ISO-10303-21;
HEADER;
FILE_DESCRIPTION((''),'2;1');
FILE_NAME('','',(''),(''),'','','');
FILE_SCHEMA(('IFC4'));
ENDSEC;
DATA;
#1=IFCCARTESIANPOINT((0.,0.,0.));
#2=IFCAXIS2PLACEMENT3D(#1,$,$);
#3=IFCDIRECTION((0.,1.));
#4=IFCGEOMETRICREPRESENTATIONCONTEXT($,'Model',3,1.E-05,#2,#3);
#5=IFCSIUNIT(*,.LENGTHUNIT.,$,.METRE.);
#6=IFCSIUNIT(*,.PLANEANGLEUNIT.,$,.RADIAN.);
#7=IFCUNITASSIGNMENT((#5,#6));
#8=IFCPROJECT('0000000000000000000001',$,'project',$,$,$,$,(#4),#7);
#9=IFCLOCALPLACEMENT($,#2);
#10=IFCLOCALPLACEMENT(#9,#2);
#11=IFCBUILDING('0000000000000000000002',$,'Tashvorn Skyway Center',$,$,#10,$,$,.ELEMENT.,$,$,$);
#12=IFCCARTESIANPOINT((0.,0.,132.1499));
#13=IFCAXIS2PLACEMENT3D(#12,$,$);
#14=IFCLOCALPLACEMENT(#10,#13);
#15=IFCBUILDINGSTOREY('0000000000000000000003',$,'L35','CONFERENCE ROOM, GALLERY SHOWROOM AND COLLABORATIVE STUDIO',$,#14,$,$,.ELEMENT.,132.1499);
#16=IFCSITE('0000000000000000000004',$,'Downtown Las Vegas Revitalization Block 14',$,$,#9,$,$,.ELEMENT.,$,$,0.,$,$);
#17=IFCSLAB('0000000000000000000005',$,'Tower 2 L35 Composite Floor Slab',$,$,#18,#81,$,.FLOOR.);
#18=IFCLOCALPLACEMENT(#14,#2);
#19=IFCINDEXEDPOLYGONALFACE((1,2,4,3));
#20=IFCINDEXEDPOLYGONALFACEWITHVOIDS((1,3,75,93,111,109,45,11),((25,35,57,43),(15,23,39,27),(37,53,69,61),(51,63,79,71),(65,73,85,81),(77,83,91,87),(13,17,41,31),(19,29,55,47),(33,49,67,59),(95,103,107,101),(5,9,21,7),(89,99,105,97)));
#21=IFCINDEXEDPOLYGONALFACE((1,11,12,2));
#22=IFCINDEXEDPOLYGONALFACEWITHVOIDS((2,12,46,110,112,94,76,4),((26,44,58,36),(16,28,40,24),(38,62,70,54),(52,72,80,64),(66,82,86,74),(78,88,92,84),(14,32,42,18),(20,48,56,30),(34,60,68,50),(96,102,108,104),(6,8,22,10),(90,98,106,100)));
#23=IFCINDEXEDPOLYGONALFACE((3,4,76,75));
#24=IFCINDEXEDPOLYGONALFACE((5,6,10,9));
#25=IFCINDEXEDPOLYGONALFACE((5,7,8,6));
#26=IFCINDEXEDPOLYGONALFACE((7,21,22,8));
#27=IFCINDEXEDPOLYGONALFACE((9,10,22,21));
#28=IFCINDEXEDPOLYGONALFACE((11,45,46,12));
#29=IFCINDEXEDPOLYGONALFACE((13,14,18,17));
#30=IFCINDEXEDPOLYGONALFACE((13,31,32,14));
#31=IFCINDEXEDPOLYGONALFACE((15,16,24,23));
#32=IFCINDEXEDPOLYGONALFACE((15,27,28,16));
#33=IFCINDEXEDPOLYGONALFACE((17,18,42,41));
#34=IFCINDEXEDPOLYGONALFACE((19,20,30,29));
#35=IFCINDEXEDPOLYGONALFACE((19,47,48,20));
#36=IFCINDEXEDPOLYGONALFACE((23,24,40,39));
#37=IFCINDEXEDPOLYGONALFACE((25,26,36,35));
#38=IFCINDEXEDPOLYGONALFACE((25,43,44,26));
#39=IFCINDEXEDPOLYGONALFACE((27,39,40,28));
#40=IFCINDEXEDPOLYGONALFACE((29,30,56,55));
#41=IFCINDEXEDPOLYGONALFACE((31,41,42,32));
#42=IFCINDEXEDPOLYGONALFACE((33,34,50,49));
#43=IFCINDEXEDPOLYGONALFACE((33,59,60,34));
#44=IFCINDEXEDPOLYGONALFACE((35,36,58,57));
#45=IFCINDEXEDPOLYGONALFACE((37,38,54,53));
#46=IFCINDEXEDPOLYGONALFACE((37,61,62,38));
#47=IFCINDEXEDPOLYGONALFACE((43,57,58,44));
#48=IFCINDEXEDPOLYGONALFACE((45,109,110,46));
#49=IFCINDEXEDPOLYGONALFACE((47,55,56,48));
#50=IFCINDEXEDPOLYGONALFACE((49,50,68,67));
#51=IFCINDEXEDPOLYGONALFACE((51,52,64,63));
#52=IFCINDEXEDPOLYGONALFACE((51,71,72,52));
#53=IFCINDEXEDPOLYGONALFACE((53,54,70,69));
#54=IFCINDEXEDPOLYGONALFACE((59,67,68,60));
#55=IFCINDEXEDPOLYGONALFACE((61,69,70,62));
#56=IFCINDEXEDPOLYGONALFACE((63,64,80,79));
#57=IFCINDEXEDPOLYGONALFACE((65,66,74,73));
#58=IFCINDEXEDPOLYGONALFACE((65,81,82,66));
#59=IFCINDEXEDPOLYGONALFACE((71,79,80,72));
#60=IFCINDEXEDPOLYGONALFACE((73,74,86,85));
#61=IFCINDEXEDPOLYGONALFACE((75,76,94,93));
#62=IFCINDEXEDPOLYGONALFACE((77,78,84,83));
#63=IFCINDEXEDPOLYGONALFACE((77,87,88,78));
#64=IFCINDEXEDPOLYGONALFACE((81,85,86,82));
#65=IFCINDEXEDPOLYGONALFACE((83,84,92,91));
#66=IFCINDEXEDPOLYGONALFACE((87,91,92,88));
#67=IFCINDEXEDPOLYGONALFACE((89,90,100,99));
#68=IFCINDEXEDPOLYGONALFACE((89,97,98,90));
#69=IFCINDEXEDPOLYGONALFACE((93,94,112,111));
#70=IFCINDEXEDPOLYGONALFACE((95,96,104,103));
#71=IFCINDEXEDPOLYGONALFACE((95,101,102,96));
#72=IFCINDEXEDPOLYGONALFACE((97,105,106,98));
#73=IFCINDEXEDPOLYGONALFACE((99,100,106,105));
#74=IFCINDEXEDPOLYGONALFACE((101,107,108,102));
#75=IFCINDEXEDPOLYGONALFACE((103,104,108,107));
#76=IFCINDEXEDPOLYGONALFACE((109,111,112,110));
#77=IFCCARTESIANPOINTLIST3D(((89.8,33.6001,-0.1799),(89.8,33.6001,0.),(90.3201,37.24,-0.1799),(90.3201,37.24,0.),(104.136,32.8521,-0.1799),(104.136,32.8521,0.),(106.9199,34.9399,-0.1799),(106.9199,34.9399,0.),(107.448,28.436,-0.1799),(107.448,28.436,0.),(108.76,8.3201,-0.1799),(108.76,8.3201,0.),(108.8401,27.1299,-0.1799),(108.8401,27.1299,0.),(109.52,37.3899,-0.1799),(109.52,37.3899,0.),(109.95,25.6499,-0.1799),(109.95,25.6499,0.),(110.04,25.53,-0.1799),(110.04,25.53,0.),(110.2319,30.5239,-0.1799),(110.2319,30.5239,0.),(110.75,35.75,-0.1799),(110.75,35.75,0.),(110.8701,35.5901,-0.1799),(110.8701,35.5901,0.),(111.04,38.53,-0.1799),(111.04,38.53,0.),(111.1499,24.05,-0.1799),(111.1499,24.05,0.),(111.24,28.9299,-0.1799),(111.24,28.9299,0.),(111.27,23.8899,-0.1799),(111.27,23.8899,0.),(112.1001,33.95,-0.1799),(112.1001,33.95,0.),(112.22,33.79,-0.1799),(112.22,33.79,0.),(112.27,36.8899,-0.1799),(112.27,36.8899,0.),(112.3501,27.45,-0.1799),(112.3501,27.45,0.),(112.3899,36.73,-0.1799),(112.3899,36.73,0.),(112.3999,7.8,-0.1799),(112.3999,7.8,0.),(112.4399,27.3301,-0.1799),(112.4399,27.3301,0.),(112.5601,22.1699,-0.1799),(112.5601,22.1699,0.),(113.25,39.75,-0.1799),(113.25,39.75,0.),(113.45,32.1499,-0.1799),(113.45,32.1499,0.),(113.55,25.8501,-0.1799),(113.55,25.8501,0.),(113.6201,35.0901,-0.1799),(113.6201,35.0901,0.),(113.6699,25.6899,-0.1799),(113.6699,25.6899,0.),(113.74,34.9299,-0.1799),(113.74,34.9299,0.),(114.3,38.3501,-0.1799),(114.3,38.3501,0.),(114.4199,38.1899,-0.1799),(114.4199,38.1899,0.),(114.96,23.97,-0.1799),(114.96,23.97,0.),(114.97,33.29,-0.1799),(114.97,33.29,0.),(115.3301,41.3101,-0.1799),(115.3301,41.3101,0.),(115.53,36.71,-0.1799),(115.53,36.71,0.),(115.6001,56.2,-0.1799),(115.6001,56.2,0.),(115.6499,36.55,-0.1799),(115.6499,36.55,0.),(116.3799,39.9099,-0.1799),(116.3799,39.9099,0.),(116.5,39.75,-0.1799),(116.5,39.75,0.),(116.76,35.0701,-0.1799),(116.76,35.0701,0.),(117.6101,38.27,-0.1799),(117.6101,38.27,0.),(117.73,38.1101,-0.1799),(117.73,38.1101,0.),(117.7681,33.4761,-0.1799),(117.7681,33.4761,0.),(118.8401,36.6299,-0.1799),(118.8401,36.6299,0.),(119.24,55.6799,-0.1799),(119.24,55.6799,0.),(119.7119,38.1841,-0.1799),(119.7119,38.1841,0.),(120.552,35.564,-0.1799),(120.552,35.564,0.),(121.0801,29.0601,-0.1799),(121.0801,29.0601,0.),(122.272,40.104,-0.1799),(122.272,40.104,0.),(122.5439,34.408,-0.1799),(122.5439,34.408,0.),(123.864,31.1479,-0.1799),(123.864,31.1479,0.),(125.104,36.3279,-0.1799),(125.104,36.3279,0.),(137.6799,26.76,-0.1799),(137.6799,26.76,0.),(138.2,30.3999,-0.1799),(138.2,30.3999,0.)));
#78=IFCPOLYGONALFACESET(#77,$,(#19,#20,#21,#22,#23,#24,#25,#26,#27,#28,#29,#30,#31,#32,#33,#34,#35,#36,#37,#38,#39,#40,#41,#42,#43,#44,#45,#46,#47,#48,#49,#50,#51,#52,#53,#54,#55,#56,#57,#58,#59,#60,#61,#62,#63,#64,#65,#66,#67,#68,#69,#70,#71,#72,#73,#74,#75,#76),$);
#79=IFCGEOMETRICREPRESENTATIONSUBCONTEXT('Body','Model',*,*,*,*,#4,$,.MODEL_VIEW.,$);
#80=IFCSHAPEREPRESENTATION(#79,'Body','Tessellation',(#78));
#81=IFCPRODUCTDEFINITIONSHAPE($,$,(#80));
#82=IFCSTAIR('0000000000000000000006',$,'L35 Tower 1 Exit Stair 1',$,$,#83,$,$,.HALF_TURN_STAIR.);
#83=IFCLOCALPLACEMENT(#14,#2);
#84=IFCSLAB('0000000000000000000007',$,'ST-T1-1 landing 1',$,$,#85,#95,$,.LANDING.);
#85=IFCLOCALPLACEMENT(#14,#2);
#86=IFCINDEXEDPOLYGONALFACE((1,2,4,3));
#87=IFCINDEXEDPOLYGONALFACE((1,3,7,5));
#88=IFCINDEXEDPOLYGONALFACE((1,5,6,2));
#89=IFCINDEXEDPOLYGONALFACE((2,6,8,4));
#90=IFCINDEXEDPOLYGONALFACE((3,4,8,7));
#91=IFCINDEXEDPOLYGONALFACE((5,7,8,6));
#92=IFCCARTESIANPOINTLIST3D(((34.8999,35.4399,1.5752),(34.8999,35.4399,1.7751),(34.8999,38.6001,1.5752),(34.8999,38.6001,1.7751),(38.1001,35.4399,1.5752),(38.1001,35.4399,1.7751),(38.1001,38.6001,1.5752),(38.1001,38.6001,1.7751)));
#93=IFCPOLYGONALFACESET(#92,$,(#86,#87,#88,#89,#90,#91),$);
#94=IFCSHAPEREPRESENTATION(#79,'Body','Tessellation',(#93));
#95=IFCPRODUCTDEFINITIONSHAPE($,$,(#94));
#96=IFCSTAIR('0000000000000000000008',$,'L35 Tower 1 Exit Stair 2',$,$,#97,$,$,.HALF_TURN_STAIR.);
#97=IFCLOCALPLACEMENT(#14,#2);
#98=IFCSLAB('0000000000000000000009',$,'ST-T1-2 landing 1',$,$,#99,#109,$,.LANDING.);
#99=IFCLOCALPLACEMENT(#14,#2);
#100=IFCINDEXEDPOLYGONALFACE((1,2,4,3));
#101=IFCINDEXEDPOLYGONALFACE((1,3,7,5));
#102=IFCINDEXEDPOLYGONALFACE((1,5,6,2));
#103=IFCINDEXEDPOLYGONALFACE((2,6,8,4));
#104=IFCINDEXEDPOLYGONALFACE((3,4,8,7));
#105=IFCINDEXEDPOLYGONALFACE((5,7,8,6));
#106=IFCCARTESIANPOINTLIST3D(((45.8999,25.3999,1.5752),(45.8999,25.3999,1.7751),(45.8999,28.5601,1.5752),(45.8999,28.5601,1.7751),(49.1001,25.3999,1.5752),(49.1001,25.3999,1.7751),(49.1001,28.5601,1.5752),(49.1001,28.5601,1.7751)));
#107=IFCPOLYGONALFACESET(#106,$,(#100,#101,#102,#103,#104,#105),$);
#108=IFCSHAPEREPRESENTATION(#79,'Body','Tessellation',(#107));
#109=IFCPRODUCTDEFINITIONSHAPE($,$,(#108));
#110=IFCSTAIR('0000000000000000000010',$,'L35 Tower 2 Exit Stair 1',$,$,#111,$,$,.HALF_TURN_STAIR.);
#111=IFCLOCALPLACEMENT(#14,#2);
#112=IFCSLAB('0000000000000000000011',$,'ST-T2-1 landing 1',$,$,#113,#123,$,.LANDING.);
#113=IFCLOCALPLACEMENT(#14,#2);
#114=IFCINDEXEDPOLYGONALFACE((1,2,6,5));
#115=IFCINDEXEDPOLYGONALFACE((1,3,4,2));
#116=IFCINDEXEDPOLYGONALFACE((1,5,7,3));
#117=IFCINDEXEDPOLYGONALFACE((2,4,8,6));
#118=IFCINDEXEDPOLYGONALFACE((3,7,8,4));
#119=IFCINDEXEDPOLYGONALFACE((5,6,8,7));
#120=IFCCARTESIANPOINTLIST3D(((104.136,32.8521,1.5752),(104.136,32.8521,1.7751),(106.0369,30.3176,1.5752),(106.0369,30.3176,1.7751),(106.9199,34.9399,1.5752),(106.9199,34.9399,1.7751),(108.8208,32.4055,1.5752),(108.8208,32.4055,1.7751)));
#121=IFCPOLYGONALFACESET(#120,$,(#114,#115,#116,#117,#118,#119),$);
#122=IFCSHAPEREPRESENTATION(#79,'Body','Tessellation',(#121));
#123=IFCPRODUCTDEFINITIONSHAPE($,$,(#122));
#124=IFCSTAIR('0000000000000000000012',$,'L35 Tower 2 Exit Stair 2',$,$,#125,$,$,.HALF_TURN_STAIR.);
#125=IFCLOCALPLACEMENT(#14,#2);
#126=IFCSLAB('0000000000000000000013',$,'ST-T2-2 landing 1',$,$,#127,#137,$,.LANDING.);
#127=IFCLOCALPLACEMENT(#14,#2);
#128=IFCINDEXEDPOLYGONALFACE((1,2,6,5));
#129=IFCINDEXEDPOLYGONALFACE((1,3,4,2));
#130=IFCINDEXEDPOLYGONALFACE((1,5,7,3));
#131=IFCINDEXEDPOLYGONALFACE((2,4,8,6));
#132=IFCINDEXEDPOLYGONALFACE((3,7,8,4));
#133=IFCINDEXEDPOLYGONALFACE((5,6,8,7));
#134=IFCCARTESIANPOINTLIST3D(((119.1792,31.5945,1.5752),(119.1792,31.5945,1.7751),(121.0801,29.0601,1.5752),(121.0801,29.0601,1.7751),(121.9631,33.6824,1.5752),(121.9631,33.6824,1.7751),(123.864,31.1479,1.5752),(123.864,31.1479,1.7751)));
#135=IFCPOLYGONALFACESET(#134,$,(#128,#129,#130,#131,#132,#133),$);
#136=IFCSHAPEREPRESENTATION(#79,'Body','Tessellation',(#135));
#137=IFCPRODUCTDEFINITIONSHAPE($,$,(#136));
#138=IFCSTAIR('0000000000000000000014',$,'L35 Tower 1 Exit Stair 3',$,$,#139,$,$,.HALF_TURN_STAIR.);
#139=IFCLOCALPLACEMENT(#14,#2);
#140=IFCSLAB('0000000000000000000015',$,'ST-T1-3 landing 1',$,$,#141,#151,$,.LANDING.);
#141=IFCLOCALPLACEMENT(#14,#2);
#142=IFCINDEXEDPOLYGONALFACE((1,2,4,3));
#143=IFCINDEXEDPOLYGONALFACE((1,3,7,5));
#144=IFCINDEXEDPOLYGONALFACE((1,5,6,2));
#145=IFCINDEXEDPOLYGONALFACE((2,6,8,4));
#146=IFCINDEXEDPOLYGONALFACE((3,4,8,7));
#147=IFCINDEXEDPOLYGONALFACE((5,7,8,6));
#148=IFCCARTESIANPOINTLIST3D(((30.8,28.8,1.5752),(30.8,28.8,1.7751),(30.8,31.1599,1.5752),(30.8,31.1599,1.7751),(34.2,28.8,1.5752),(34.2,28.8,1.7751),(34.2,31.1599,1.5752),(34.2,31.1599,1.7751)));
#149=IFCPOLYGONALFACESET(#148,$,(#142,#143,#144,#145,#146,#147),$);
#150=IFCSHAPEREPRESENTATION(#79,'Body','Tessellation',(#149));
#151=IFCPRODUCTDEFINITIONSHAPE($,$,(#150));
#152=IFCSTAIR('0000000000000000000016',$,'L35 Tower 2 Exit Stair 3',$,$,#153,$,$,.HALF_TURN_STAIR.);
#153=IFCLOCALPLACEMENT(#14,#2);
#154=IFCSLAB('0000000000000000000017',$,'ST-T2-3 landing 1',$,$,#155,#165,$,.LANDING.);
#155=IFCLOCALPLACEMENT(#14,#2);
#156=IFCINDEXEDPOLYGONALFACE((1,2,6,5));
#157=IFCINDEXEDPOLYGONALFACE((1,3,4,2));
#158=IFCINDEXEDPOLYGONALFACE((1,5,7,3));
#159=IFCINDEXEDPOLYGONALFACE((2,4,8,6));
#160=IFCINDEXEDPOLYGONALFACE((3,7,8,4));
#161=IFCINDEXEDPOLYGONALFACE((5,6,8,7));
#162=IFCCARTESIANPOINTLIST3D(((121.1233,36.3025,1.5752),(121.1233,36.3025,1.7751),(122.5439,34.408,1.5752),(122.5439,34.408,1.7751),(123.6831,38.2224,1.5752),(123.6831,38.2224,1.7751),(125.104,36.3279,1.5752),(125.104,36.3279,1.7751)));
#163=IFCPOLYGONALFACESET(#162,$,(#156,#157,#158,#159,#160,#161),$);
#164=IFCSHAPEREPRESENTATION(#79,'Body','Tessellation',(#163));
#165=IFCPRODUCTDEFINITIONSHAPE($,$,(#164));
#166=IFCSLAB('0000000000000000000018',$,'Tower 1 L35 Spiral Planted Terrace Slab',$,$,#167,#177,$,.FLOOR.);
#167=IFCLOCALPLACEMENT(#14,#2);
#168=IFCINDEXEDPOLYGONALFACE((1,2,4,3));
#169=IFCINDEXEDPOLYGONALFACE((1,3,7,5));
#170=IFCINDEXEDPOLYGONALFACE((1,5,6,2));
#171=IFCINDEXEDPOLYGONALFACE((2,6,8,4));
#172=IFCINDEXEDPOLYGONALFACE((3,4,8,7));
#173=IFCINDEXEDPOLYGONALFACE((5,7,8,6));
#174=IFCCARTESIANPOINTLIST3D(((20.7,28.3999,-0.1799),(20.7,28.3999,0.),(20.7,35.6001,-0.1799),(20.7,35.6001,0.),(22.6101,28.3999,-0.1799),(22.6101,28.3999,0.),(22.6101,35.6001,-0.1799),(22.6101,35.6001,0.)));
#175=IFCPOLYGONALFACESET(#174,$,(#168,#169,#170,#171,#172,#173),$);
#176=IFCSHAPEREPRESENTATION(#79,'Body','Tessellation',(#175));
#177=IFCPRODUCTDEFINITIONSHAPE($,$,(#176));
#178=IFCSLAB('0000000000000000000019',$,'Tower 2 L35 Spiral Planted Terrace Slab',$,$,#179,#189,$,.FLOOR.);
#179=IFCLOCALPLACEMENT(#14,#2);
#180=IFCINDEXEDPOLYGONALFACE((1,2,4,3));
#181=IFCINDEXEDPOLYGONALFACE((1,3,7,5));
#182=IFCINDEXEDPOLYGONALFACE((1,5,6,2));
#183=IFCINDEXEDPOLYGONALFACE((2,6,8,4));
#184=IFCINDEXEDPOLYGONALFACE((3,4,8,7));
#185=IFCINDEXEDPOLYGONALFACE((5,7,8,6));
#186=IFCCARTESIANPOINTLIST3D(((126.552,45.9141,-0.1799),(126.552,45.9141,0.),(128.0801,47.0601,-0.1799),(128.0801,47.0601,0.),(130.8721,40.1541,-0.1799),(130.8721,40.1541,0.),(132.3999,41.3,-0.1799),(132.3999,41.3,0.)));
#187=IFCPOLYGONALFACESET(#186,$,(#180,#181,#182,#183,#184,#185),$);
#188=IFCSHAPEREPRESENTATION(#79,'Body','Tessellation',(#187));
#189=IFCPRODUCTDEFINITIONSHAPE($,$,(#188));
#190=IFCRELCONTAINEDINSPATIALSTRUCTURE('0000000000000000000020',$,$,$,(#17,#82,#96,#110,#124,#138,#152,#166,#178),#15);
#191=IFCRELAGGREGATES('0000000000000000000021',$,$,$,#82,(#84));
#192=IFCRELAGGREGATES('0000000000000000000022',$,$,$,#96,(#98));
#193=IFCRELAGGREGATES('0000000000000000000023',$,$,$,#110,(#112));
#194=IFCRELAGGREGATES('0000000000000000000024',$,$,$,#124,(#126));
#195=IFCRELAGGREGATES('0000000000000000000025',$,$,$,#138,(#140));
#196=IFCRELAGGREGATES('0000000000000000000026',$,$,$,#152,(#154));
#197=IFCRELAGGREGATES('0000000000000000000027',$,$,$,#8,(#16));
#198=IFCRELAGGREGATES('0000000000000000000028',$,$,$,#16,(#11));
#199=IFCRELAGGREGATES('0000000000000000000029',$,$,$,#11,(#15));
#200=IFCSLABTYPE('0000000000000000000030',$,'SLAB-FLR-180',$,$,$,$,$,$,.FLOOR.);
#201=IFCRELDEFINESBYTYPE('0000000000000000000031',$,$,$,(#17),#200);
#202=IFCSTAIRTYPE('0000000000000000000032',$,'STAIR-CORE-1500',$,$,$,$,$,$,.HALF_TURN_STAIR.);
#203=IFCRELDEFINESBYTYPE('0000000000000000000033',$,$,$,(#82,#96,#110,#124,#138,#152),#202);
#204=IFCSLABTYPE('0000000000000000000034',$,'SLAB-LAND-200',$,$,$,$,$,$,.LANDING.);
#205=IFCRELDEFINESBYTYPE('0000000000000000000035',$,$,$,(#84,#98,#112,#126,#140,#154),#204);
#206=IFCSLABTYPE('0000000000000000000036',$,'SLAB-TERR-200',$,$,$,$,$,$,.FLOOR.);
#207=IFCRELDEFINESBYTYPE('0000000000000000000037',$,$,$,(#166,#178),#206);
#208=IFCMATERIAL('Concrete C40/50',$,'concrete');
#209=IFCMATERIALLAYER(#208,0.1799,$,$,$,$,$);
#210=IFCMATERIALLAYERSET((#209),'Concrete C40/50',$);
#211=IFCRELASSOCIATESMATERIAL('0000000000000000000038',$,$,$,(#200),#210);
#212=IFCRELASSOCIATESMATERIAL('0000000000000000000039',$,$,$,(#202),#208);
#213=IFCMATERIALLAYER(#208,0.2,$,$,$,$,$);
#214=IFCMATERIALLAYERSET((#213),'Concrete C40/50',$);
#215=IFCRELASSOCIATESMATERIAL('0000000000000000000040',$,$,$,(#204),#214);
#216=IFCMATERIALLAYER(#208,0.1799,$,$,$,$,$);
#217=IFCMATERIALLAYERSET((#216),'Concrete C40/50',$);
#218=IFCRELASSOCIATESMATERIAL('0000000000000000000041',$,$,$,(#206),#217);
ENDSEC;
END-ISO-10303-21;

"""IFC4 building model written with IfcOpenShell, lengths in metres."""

from ifc_helpers import new_model, si_unit, direction, frame, origin, place, context, subcontext, project, spatial, polyline, outline, extrude, material, layer, layer_set, type_object, element, aggregate, save


model = new_model("IFC4")

# Units and contexts
model_context = context("Model", 3, precision=1e-05, world=origin(), true_north=direction((0.0, 1.0)))
body_context = subcontext(model_context, "Body", "Model", "MODEL_VIEW")
ifc_project = project(units=[si_unit("LENGTHUNIT", "METRE"), si_unit("PLANEANGLEUNIT", "RADIAN")], contexts=[model_context])

# Site, building, storey
site_placement = place(None, origin())
site = spatial("IfcSite", under=ifc_project, at=site_placement, Name="Downtown Las Vegas Revitalization Block 14", CompositionType="ELEMENT", RefElevation=0.0)
building_placement = place(site_placement, origin())
building = spatial("IfcBuilding", under=site, at=building_placement, Name="Tashvorn Skyway Center", CompositionType="ELEMENT")
storey_placement = place(building_placement, frame((0.0, 0.0, 132.1499)))
storey = spatial("IfcBuildingStorey", under=building, at=storey_placement, Name="L35", Description="CONFERENCE ROOM, GALLERY SHOWROOM AND COLLABORATIVE STUDIO", CompositionType="ELEMENT", Elevation=132.1499)

# Slab
ifc_material_1 = material(Name="Concrete C40/50", Category="concrete")
ifc_layer_1 = layer(ifc_material_1, 0.1799)
ifc_layer_set_1 = layer_set([ifc_layer_1], Name="Concrete C40/50")
slab_type_1 = type_object("IfcSlabType", Name="SLAB-FLR-180", PredefinedType="FLOOR", material=ifc_layer_set_1)
slab_1_placement = place(storey_placement, frame((0.0, 0.0, -0.1799)))
element("IfcSlab", 1, at=slab_1_placement, inside=storey, type_object=slab_type_1, Name="Tower 2 L35 Composite Floor Slab", PredefinedType="FLOOR", context=body_context, shape_type="SweptSolid", body=[
    extrude(outline(polyline([(112.3999, 7.8), (137.6799, 26.76), (138.2, 30.3999), (119.24, 55.6799), (115.6001, 56.2), (90.3201, 37.24), (89.8, 33.6001), (108.76, 8.3201), (112.3999, 7.8)]), holes=[polyline([(110.2319, 30.5239), (106.9199, 34.9399), (104.136, 32.8521), (107.448, 28.436), (110.2319, 30.5239)]), polyline([(117.7681, 33.4761), (121.0801, 29.0601), (123.864, 31.1479), (120.552, 35.564), (117.7681, 33.4761)]), polyline([(119.7119, 38.1841), (122.5439, 34.408), (125.104, 36.3279), (122.272, 40.104), (119.7119, 38.1841)]), polyline([(109.95, 25.6499), (112.3501, 27.45), (111.24, 28.9299), (108.8401, 27.1299), (109.95, 25.6499)]), polyline([(111.1499, 24.05), (113.55, 25.8501), (112.4399, 27.3301), (110.04, 25.53), (111.1499, 24.05)]), polyline([(112.5601, 22.1699), (114.96, 23.97), (113.6699, 25.6899), (111.27, 23.8899), (112.5601, 22.1699)]), polyline([(113.45, 32.1499), (114.97, 33.29), (113.74, 34.9299), (112.22, 33.79), (113.45, 32.1499)]), polyline([(112.1001, 33.95), (113.6201, 35.0901), (112.3899, 36.73), (110.8701, 35.5901), (112.1001, 33.95)]), polyline([(110.75, 35.75), (112.27, 36.8899), (111.04, 38.53), (109.52, 37.3899), (110.75, 35.75)]), polyline([(116.76, 35.0701), (118.8401, 36.6299), (117.73, 38.1101), (115.6499, 36.55), (116.76, 35.0701)]), polyline([(115.53, 36.71), (117.6101, 38.27), (116.5, 39.75), (114.4199, 38.1899), (115.53, 36.71)]), polyline([(114.3, 38.3501), (116.3799, 39.9099), (115.3301, 41.3101), (113.25, 39.75), (114.3, 38.3501)])]), origin(), (0.0, 0.0, 1.0), 0.1799),
])

# Stairs, slabs
stair_type = type_object("IfcStairType", Name="STAIR-CORE-1500", PredefinedType="HALF_TURN_STAIR", material=ifc_material_1)
stair_1_placement = place(storey_placement, origin())
stair_1 = element("IfcStair", 2, at=stair_1_placement, inside=storey, type_object=stair_type, Name="L35 Tower 1 Exit Stair 1", PredefinedType="HALF_TURN_STAIR")
ifc_layer_2 = layer(ifc_material_1, 0.2)
ifc_layer_set_2 = layer_set([ifc_layer_2], Name="Concrete C40/50")
slab_type_2 = type_object("IfcSlabType", Name="SLAB-LAND-200", PredefinedType="LANDING", material=ifc_layer_set_2)
slab_2_placement = place(storey_placement, frame((0.0, 0.0, 1.5752)))
slab_2 = element("IfcSlab", 3, at=slab_2_placement, type_object=slab_type_2, Name="ST-T1-1 landing 1", PredefinedType="LANDING", context=body_context, shape_type="SweptSolid", body=[
    extrude(outline(polyline([(38.1001, 35.4399), (38.1001, 38.6001), (34.8999, 38.6001), (34.8999, 35.4399), (38.1001, 35.4399)])), origin(), (0.0, 0.0, 1.0), 0.2),
])
aggregate(stair_1, [slab_2])
stair_2_placement = place(storey_placement, origin())
stair_2 = element("IfcStair", 4, at=stair_2_placement, inside=storey, type_object=stair_type, Name="L35 Tower 1 Exit Stair 2", PredefinedType="HALF_TURN_STAIR")
slab_3_placement = place(storey_placement, frame((0.0, 0.0, 1.5752)))
slab_3 = element("IfcSlab", 5, at=slab_3_placement, type_object=slab_type_2, Name="ST-T1-2 landing 1", PredefinedType="LANDING", context=body_context, shape_type="SweptSolid", body=[
    extrude(outline(polyline([(45.8999, 28.5601), (45.8999, 25.3999), (49.1001, 25.3999), (49.1001, 28.5601), (45.8999, 28.5601)])), origin(), (0.0, 0.0, 1.0), 0.2),
])
aggregate(stair_2, [slab_3])
stair_3_placement = place(storey_placement, origin())
stair_3 = element("IfcStair", 6, at=stair_3_placement, inside=storey, type_object=stair_type, Name="L35 Tower 2 Exit Stair 1", PredefinedType="HALF_TURN_STAIR")
slab_4_placement = place(storey_placement, frame((0.0, 0.0, 1.5752)))
slab_4 = element("IfcSlab", 7, at=slab_4_placement, type_object=slab_type_2, Name="ST-T2-1 landing 1", PredefinedType="LANDING", context=body_context, shape_type="SweptSolid", body=[
    extrude(outline(polyline([(108.8208, 32.4055), (106.9199, 34.9399), (104.136, 32.8521), (106.0369, 30.3176), (108.8208, 32.4055)])), origin(), (0.0, 0.0, 1.0), 0.2),
])
aggregate(stair_3, [slab_4])
stair_4_placement = place(storey_placement, origin())
stair_4 = element("IfcStair", 8, at=stair_4_placement, inside=storey, type_object=stair_type, Name="L35 Tower 2 Exit Stair 2", PredefinedType="HALF_TURN_STAIR")
slab_5_placement = place(storey_placement, frame((0.0, 0.0, 1.5752)))
slab_5 = element("IfcSlab", 9, at=slab_5_placement, type_object=slab_type_2, Name="ST-T2-2 landing 1", PredefinedType="LANDING", context=body_context, shape_type="SweptSolid", body=[
    extrude(outline(polyline([(119.1792, 31.5945), (121.0801, 29.0601), (123.864, 31.1479), (121.9631, 33.6824), (119.1792, 31.5945)])), origin(), (0.0, 0.0, 1.0), 0.2),
])
aggregate(stair_4, [slab_5])
stair_5_placement = place(storey_placement, origin())
stair_5 = element("IfcStair", 10, at=stair_5_placement, inside=storey, type_object=stair_type, Name="L35 Tower 1 Exit Stair 3", PredefinedType="HALF_TURN_STAIR")
slab_6_placement = place(storey_placement, frame((0.0, 0.0, 1.5752)))
slab_6 = element("IfcSlab", 11, at=slab_6_placement, type_object=slab_type_2, Name="ST-T1-3 landing 1", PredefinedType="LANDING", context=body_context, shape_type="SweptSolid", body=[
    extrude(outline(polyline([(30.8, 31.1599), (30.8, 28.8), (34.2, 28.8), (34.2, 31.1599), (30.8, 31.1599)])), origin(), (0.0, 0.0, 1.0), 0.2),
])
aggregate(stair_5, [slab_6])
stair_6_placement = place(storey_placement, origin())
stair_6 = element("IfcStair", 12, at=stair_6_placement, inside=storey, type_object=stair_type, Name="L35 Tower 2 Exit Stair 3", PredefinedType="HALF_TURN_STAIR")
slab_7_placement = place(storey_placement, frame((0.0, 0.0, 1.5752)))
slab_7 = element("IfcSlab", 13, at=slab_7_placement, type_object=slab_type_2, Name="ST-T2-3 landing 1", PredefinedType="LANDING", context=body_context, shape_type="SweptSolid", body=[
    extrude(outline(polyline([(121.1233, 36.3025), (122.5439, 34.408), (125.104, 36.3279), (123.6831, 38.2224), (121.1233, 36.3025)])), origin(), (0.0, 0.0, 1.0), 0.2),
])
aggregate(stair_6, [slab_7])

# Slabs
ifc_layer_3 = layer(ifc_material_1, 0.1799)
ifc_layer_set_3 = layer_set([ifc_layer_3], Name="Concrete C40/50")
slab_type_3 = type_object("IfcSlabType", Name="SLAB-TERR-200", PredefinedType="FLOOR", material=ifc_layer_set_3)
slab_8_placement = place(storey_placement, frame((0.0, 0.0, -0.1799)))
element("IfcSlab", 14, at=slab_8_placement, inside=storey, type_object=slab_type_3, Name="Tower 1 L35 Spiral Planted Terrace Slab", PredefinedType="FLOOR", context=body_context, shape_type="SweptSolid", body=[
    extrude(outline(polyline([(20.7, 28.3999), (22.6101, 28.3999), (22.6101, 35.6001), (20.7, 35.6001), (20.7, 28.3999)])), origin(), (0.0, 0.0, 1.0), 0.1799),
])
slab_9_placement = place(storey_placement, frame((0.0, 0.0, -0.1799)))
element("IfcSlab", 15, at=slab_9_placement, inside=storey, type_object=slab_type_3, Name="Tower 2 L35 Spiral Planted Terrace Slab", PredefinedType="FLOOR", context=body_context, shape_type="SweptSolid", body=[
    extrude(outline(polyline([(130.8721, 40.1541), (132.3999, 41.3), (128.0801, 47.0601), (126.552, 45.9141), (130.8721, 40.1541)])), origin(), (0.0, 0.0, 1.0), 0.1799),
])

save(model, "model.ifc")
